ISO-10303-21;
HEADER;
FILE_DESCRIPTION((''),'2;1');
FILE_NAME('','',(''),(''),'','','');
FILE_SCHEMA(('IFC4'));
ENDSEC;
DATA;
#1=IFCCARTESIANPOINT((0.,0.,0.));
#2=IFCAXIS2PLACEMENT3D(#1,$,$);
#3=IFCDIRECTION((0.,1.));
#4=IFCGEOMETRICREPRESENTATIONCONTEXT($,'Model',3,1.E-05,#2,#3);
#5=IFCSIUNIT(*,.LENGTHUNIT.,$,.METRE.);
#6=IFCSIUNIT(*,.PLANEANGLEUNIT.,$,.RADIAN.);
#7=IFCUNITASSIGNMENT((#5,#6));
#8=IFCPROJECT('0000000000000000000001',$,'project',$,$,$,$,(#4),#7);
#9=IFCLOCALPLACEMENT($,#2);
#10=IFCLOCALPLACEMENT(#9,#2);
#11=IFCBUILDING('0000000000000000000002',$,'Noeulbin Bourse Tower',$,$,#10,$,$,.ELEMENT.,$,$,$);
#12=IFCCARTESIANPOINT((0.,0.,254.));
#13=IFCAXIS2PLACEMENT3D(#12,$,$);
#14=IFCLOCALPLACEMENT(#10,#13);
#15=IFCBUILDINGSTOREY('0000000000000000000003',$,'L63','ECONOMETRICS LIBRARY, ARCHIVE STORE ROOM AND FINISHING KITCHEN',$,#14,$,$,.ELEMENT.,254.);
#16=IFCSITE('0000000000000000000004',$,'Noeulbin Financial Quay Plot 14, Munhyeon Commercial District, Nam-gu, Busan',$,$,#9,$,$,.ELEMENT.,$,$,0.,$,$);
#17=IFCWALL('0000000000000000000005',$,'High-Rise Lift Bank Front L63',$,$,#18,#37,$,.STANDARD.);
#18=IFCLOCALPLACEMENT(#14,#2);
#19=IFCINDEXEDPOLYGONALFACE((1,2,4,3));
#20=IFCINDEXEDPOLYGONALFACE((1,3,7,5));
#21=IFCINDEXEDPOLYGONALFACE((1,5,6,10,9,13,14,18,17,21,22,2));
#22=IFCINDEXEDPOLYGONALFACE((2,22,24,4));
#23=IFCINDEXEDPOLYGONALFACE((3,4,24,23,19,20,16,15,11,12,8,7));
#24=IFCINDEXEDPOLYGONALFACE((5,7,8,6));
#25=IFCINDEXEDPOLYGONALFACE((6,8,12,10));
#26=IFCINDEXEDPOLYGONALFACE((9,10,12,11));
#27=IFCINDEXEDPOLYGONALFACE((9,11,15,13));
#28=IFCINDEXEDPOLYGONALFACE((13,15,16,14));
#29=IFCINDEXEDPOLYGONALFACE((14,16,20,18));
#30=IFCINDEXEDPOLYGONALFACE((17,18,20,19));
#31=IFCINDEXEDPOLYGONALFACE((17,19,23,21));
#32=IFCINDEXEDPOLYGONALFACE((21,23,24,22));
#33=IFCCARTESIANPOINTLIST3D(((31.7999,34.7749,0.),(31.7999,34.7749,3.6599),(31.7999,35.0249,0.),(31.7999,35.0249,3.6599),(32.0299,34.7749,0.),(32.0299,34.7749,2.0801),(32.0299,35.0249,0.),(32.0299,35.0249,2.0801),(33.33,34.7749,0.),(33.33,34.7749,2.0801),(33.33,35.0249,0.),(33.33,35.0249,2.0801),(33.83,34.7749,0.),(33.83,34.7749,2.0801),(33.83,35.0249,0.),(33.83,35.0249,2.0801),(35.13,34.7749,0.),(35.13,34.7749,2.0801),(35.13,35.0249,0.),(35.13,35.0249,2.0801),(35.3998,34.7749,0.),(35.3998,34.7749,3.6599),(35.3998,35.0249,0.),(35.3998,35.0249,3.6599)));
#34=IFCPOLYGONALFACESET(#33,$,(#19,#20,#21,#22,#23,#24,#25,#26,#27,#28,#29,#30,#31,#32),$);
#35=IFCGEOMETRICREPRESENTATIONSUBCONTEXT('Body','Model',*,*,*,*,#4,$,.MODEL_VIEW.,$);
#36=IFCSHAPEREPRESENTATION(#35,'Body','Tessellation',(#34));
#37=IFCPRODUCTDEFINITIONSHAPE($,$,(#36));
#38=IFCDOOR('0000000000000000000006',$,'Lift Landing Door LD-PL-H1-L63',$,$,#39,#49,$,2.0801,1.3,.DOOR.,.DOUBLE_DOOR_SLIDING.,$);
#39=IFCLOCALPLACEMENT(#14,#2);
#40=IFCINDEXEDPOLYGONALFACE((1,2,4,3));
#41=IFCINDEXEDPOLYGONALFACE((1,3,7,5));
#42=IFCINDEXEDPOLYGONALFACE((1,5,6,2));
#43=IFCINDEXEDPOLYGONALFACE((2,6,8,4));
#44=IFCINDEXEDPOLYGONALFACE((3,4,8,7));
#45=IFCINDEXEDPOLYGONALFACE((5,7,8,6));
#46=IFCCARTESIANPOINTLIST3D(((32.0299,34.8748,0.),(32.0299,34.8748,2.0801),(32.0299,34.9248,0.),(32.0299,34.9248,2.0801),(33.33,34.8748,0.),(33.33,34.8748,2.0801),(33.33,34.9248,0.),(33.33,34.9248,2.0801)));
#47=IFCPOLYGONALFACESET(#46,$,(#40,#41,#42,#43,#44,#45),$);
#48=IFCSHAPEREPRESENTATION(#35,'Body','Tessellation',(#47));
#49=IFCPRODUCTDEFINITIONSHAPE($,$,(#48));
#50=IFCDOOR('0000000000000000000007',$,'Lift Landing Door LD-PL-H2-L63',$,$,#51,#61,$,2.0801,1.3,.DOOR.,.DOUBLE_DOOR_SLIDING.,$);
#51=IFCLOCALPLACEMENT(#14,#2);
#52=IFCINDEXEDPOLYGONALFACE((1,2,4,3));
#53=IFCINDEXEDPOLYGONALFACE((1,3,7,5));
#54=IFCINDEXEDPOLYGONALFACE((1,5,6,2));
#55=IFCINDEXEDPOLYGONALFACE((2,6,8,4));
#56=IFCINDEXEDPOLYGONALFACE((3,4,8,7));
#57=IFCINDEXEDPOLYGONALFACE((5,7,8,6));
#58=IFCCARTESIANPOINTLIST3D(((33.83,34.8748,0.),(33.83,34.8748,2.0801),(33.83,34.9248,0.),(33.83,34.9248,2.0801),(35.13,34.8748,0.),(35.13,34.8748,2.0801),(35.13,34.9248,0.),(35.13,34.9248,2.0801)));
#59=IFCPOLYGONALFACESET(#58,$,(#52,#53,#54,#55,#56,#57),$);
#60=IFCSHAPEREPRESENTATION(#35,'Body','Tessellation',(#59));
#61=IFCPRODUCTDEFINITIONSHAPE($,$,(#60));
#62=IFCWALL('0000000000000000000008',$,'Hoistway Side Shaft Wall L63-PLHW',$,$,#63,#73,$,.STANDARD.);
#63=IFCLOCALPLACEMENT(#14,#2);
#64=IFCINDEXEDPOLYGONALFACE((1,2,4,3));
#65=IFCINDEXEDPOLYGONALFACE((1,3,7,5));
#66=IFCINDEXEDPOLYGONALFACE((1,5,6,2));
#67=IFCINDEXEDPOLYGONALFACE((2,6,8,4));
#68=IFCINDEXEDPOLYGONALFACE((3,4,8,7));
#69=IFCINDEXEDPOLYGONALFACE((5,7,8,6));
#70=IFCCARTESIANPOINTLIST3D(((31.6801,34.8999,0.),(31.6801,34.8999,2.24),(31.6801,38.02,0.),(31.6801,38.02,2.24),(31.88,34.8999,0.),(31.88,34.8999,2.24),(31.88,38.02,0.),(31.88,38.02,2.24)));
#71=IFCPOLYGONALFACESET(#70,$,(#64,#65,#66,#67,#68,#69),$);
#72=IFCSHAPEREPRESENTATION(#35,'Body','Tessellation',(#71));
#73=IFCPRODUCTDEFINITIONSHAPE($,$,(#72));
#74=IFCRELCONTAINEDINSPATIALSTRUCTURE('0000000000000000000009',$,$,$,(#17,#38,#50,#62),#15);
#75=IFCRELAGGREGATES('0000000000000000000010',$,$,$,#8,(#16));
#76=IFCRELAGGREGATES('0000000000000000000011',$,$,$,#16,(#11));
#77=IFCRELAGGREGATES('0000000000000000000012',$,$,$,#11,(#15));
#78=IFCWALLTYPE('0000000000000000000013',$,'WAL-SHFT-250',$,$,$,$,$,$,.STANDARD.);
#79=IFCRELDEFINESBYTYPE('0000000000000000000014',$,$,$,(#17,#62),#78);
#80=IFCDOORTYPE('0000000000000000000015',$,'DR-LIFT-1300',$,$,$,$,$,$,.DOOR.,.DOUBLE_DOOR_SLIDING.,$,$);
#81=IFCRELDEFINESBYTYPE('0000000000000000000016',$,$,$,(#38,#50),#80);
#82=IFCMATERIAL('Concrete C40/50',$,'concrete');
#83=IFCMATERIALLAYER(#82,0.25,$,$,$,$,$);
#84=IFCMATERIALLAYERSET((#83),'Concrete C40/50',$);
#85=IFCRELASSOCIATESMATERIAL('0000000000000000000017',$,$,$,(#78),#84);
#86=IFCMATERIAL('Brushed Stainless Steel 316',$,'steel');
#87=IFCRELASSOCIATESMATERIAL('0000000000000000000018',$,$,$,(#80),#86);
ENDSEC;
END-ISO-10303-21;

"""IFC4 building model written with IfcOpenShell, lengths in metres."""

from ifc_helpers import new_model, si_unit, direction, frame, frame_2d, origin, place, context, subcontext, project, spatial, rectangle, extrude, material, layer, layer_set, type_object, element, fill, save


model = new_model("IFC4")

# Units and contexts
model_context = context("Model", 3, precision=1e-05, world=origin(), true_north=direction((0.0, 1.0)))
body_context = subcontext(model_context, "Body", "Model", "MODEL_VIEW")
ifc_project = project(units=[si_unit("LENGTHUNIT", "METRE"), si_unit("PLANEANGLEUNIT", "RADIAN")], contexts=[model_context])

# Site, building, storey
site_placement = place(None, origin())
site = spatial("IfcSite", under=ifc_project, at=site_placement, Name="Noeulbin Financial Quay Plot 14, Munhyeon Commercial District, Nam-gu, Busan", CompositionType="ELEMENT", RefElevation=0.0)
building_placement = place(site_placement, origin())
building = spatial("IfcBuilding", under=site, at=building_placement, Name="Noeulbin Bourse Tower", CompositionType="ELEMENT")
storey_placement = place(building_placement, frame((0.0, 0.0, 254.0)))
storey = spatial("IfcBuildingStorey", under=building, at=storey_placement, Name="L63", Description="ECONOMETRICS LIBRARY, ARCHIVE STORE ROOM AND FINISHING KITCHEN", CompositionType="ELEMENT", Elevation=254.0)

# Shared definitions
ifc_material_1 = material(Name="Concrete C40/50", Category="concrete")
ifc_layer_1 = layer(ifc_material_1, 0.25)
ifc_layer_set_1 = layer_set([ifc_layer_1], Name="Concrete C40/50")
wall_type = type_object("IfcWallType", Name="WAL-SHFT-250", PredefinedType="STANDARD", material=ifc_layer_set_1)

# Wall, openings, doors
wall_1_placement = place(storey_placement, frame((31.8, 34.8999, 0.0), z_axis=(0.0, 0.0, 1.0), x_axis=(1.0, 0.0, 0.0)))
wall_1 = element("IfcWall", 1, at=wall_1_placement, inside=storey, type_object=wall_type, Name="High-Rise Lift Bank Front L63", PredefinedType="STANDARD", context=body_context, shape_type="SweptSolid", body=[
    extrude(rectangle(XDim=3.5999, YDim=0.25, at=frame_2d((1.7998, 0.0))), origin(), (0.0, 0.0, 1.0), 3.6599),
])
opening_1_placement = place(wall_1_placement, frame((0.23, 0.0, 0.0)))
opening_1 = element("IfcOpeningElement", 2, at=opening_1_placement, cuts=wall_1, PredefinedType="OPENING", context=body_context, shape_type="SweptSolid", body=[
    extrude(rectangle(XDim=1.3, YDim=2.0801, at=frame_2d((0.6499, 1.04))), frame((0.0, 0.135, 0.0), z_axis=(0.0, -1.0, 0.0), x_axis=(1.0, 0.0, 0.0)), (0.0, 0.0, 1.0), 0.27),
])
opening_2_placement = place(wall_1_placement, frame((2.03, 0.0, 0.0)))
opening_2 = element("IfcOpeningElement", 3, at=opening_2_placement, cuts=wall_1, PredefinedType="OPENING", context=body_context, shape_type="SweptSolid", body=[
    extrude(rectangle(XDim=1.3, YDim=2.0801, at=frame_2d((0.6499, 1.04))), frame((0.0, 0.135, 0.0), z_axis=(0.0, -1.0, 0.0), x_axis=(1.0, 0.0, 0.0)), (0.0, 0.0, 1.0), 0.27),
])
ifc_material_2 = material(Name="Brushed Stainless Steel 316", Category="steel")
door_type = type_object("IfcDoorType", Name="DR-LIFT-1300", OperationType="DOUBLE_DOOR_SLIDING", PredefinedType="DOOR", material=ifc_material_2)
door_1_placement = place(opening_1_placement, origin())
door_1 = element("IfcDoor", 4, at=door_1_placement, inside=storey, type_object=door_type, Name="Lift Landing Door LD-PL-H1-L63", OperationType="DOUBLE_DOOR_SLIDING", OverallHeight=2.0801, OverallWidth=1.3, PredefinedType="DOOR", context=body_context, shape_type="SweptSolid", body=[
    extrude(rectangle(XDim=1.3, YDim=2.0801, at=frame_2d((0.6499, 1.04))), frame((0.0, 0.0249, 0.0), z_axis=(0.0, -1.0, 0.0), x_axis=(1.0, 0.0, 0.0)), (0.0, 0.0, 1.0), 0.05),
])
fill(opening_1, door_1)
door_2_placement = place(opening_2_placement, origin())
door_2 = element("IfcDoor", 5, at=door_2_placement, inside=storey, type_object=door_type, Name="Lift Landing Door LD-PL-H2-L63", OperationType="DOUBLE_DOOR_SLIDING", OverallHeight=2.0801, OverallWidth=1.3, PredefinedType="DOOR", context=body_context, shape_type="SweptSolid", body=[
    extrude(rectangle(XDim=1.3, YDim=2.0801, at=frame_2d((0.6499, 1.04))), frame((0.0, 0.0249, 0.0), z_axis=(0.0, -1.0, 0.0), x_axis=(1.0, 0.0, 0.0)), (0.0, 0.0, 1.0), 0.05),
])
fill(opening_2, door_2)

# Wall
wall_2_placement = place(storey_placement, frame((31.78, 34.8999, 0.0), z_axis=(0.0, 0.0, 1.0), x_axis=(0.0, 1.0, 0.0)))
element("IfcWall", 6, at=wall_2_placement, inside=storey, type_object=wall_type, Name="Hoistway Side Shaft Wall L63-PLHW", PredefinedType="STANDARD", context=body_context, shape_type="SweptSolid", body=[
    extrude(rectangle(XDim=3.1201, YDim=0.2, at=frame_2d((1.5601, 0.0))), origin(), (0.0, 0.0, 1.0), 2.24),
])

save(model, "model.ifc")
